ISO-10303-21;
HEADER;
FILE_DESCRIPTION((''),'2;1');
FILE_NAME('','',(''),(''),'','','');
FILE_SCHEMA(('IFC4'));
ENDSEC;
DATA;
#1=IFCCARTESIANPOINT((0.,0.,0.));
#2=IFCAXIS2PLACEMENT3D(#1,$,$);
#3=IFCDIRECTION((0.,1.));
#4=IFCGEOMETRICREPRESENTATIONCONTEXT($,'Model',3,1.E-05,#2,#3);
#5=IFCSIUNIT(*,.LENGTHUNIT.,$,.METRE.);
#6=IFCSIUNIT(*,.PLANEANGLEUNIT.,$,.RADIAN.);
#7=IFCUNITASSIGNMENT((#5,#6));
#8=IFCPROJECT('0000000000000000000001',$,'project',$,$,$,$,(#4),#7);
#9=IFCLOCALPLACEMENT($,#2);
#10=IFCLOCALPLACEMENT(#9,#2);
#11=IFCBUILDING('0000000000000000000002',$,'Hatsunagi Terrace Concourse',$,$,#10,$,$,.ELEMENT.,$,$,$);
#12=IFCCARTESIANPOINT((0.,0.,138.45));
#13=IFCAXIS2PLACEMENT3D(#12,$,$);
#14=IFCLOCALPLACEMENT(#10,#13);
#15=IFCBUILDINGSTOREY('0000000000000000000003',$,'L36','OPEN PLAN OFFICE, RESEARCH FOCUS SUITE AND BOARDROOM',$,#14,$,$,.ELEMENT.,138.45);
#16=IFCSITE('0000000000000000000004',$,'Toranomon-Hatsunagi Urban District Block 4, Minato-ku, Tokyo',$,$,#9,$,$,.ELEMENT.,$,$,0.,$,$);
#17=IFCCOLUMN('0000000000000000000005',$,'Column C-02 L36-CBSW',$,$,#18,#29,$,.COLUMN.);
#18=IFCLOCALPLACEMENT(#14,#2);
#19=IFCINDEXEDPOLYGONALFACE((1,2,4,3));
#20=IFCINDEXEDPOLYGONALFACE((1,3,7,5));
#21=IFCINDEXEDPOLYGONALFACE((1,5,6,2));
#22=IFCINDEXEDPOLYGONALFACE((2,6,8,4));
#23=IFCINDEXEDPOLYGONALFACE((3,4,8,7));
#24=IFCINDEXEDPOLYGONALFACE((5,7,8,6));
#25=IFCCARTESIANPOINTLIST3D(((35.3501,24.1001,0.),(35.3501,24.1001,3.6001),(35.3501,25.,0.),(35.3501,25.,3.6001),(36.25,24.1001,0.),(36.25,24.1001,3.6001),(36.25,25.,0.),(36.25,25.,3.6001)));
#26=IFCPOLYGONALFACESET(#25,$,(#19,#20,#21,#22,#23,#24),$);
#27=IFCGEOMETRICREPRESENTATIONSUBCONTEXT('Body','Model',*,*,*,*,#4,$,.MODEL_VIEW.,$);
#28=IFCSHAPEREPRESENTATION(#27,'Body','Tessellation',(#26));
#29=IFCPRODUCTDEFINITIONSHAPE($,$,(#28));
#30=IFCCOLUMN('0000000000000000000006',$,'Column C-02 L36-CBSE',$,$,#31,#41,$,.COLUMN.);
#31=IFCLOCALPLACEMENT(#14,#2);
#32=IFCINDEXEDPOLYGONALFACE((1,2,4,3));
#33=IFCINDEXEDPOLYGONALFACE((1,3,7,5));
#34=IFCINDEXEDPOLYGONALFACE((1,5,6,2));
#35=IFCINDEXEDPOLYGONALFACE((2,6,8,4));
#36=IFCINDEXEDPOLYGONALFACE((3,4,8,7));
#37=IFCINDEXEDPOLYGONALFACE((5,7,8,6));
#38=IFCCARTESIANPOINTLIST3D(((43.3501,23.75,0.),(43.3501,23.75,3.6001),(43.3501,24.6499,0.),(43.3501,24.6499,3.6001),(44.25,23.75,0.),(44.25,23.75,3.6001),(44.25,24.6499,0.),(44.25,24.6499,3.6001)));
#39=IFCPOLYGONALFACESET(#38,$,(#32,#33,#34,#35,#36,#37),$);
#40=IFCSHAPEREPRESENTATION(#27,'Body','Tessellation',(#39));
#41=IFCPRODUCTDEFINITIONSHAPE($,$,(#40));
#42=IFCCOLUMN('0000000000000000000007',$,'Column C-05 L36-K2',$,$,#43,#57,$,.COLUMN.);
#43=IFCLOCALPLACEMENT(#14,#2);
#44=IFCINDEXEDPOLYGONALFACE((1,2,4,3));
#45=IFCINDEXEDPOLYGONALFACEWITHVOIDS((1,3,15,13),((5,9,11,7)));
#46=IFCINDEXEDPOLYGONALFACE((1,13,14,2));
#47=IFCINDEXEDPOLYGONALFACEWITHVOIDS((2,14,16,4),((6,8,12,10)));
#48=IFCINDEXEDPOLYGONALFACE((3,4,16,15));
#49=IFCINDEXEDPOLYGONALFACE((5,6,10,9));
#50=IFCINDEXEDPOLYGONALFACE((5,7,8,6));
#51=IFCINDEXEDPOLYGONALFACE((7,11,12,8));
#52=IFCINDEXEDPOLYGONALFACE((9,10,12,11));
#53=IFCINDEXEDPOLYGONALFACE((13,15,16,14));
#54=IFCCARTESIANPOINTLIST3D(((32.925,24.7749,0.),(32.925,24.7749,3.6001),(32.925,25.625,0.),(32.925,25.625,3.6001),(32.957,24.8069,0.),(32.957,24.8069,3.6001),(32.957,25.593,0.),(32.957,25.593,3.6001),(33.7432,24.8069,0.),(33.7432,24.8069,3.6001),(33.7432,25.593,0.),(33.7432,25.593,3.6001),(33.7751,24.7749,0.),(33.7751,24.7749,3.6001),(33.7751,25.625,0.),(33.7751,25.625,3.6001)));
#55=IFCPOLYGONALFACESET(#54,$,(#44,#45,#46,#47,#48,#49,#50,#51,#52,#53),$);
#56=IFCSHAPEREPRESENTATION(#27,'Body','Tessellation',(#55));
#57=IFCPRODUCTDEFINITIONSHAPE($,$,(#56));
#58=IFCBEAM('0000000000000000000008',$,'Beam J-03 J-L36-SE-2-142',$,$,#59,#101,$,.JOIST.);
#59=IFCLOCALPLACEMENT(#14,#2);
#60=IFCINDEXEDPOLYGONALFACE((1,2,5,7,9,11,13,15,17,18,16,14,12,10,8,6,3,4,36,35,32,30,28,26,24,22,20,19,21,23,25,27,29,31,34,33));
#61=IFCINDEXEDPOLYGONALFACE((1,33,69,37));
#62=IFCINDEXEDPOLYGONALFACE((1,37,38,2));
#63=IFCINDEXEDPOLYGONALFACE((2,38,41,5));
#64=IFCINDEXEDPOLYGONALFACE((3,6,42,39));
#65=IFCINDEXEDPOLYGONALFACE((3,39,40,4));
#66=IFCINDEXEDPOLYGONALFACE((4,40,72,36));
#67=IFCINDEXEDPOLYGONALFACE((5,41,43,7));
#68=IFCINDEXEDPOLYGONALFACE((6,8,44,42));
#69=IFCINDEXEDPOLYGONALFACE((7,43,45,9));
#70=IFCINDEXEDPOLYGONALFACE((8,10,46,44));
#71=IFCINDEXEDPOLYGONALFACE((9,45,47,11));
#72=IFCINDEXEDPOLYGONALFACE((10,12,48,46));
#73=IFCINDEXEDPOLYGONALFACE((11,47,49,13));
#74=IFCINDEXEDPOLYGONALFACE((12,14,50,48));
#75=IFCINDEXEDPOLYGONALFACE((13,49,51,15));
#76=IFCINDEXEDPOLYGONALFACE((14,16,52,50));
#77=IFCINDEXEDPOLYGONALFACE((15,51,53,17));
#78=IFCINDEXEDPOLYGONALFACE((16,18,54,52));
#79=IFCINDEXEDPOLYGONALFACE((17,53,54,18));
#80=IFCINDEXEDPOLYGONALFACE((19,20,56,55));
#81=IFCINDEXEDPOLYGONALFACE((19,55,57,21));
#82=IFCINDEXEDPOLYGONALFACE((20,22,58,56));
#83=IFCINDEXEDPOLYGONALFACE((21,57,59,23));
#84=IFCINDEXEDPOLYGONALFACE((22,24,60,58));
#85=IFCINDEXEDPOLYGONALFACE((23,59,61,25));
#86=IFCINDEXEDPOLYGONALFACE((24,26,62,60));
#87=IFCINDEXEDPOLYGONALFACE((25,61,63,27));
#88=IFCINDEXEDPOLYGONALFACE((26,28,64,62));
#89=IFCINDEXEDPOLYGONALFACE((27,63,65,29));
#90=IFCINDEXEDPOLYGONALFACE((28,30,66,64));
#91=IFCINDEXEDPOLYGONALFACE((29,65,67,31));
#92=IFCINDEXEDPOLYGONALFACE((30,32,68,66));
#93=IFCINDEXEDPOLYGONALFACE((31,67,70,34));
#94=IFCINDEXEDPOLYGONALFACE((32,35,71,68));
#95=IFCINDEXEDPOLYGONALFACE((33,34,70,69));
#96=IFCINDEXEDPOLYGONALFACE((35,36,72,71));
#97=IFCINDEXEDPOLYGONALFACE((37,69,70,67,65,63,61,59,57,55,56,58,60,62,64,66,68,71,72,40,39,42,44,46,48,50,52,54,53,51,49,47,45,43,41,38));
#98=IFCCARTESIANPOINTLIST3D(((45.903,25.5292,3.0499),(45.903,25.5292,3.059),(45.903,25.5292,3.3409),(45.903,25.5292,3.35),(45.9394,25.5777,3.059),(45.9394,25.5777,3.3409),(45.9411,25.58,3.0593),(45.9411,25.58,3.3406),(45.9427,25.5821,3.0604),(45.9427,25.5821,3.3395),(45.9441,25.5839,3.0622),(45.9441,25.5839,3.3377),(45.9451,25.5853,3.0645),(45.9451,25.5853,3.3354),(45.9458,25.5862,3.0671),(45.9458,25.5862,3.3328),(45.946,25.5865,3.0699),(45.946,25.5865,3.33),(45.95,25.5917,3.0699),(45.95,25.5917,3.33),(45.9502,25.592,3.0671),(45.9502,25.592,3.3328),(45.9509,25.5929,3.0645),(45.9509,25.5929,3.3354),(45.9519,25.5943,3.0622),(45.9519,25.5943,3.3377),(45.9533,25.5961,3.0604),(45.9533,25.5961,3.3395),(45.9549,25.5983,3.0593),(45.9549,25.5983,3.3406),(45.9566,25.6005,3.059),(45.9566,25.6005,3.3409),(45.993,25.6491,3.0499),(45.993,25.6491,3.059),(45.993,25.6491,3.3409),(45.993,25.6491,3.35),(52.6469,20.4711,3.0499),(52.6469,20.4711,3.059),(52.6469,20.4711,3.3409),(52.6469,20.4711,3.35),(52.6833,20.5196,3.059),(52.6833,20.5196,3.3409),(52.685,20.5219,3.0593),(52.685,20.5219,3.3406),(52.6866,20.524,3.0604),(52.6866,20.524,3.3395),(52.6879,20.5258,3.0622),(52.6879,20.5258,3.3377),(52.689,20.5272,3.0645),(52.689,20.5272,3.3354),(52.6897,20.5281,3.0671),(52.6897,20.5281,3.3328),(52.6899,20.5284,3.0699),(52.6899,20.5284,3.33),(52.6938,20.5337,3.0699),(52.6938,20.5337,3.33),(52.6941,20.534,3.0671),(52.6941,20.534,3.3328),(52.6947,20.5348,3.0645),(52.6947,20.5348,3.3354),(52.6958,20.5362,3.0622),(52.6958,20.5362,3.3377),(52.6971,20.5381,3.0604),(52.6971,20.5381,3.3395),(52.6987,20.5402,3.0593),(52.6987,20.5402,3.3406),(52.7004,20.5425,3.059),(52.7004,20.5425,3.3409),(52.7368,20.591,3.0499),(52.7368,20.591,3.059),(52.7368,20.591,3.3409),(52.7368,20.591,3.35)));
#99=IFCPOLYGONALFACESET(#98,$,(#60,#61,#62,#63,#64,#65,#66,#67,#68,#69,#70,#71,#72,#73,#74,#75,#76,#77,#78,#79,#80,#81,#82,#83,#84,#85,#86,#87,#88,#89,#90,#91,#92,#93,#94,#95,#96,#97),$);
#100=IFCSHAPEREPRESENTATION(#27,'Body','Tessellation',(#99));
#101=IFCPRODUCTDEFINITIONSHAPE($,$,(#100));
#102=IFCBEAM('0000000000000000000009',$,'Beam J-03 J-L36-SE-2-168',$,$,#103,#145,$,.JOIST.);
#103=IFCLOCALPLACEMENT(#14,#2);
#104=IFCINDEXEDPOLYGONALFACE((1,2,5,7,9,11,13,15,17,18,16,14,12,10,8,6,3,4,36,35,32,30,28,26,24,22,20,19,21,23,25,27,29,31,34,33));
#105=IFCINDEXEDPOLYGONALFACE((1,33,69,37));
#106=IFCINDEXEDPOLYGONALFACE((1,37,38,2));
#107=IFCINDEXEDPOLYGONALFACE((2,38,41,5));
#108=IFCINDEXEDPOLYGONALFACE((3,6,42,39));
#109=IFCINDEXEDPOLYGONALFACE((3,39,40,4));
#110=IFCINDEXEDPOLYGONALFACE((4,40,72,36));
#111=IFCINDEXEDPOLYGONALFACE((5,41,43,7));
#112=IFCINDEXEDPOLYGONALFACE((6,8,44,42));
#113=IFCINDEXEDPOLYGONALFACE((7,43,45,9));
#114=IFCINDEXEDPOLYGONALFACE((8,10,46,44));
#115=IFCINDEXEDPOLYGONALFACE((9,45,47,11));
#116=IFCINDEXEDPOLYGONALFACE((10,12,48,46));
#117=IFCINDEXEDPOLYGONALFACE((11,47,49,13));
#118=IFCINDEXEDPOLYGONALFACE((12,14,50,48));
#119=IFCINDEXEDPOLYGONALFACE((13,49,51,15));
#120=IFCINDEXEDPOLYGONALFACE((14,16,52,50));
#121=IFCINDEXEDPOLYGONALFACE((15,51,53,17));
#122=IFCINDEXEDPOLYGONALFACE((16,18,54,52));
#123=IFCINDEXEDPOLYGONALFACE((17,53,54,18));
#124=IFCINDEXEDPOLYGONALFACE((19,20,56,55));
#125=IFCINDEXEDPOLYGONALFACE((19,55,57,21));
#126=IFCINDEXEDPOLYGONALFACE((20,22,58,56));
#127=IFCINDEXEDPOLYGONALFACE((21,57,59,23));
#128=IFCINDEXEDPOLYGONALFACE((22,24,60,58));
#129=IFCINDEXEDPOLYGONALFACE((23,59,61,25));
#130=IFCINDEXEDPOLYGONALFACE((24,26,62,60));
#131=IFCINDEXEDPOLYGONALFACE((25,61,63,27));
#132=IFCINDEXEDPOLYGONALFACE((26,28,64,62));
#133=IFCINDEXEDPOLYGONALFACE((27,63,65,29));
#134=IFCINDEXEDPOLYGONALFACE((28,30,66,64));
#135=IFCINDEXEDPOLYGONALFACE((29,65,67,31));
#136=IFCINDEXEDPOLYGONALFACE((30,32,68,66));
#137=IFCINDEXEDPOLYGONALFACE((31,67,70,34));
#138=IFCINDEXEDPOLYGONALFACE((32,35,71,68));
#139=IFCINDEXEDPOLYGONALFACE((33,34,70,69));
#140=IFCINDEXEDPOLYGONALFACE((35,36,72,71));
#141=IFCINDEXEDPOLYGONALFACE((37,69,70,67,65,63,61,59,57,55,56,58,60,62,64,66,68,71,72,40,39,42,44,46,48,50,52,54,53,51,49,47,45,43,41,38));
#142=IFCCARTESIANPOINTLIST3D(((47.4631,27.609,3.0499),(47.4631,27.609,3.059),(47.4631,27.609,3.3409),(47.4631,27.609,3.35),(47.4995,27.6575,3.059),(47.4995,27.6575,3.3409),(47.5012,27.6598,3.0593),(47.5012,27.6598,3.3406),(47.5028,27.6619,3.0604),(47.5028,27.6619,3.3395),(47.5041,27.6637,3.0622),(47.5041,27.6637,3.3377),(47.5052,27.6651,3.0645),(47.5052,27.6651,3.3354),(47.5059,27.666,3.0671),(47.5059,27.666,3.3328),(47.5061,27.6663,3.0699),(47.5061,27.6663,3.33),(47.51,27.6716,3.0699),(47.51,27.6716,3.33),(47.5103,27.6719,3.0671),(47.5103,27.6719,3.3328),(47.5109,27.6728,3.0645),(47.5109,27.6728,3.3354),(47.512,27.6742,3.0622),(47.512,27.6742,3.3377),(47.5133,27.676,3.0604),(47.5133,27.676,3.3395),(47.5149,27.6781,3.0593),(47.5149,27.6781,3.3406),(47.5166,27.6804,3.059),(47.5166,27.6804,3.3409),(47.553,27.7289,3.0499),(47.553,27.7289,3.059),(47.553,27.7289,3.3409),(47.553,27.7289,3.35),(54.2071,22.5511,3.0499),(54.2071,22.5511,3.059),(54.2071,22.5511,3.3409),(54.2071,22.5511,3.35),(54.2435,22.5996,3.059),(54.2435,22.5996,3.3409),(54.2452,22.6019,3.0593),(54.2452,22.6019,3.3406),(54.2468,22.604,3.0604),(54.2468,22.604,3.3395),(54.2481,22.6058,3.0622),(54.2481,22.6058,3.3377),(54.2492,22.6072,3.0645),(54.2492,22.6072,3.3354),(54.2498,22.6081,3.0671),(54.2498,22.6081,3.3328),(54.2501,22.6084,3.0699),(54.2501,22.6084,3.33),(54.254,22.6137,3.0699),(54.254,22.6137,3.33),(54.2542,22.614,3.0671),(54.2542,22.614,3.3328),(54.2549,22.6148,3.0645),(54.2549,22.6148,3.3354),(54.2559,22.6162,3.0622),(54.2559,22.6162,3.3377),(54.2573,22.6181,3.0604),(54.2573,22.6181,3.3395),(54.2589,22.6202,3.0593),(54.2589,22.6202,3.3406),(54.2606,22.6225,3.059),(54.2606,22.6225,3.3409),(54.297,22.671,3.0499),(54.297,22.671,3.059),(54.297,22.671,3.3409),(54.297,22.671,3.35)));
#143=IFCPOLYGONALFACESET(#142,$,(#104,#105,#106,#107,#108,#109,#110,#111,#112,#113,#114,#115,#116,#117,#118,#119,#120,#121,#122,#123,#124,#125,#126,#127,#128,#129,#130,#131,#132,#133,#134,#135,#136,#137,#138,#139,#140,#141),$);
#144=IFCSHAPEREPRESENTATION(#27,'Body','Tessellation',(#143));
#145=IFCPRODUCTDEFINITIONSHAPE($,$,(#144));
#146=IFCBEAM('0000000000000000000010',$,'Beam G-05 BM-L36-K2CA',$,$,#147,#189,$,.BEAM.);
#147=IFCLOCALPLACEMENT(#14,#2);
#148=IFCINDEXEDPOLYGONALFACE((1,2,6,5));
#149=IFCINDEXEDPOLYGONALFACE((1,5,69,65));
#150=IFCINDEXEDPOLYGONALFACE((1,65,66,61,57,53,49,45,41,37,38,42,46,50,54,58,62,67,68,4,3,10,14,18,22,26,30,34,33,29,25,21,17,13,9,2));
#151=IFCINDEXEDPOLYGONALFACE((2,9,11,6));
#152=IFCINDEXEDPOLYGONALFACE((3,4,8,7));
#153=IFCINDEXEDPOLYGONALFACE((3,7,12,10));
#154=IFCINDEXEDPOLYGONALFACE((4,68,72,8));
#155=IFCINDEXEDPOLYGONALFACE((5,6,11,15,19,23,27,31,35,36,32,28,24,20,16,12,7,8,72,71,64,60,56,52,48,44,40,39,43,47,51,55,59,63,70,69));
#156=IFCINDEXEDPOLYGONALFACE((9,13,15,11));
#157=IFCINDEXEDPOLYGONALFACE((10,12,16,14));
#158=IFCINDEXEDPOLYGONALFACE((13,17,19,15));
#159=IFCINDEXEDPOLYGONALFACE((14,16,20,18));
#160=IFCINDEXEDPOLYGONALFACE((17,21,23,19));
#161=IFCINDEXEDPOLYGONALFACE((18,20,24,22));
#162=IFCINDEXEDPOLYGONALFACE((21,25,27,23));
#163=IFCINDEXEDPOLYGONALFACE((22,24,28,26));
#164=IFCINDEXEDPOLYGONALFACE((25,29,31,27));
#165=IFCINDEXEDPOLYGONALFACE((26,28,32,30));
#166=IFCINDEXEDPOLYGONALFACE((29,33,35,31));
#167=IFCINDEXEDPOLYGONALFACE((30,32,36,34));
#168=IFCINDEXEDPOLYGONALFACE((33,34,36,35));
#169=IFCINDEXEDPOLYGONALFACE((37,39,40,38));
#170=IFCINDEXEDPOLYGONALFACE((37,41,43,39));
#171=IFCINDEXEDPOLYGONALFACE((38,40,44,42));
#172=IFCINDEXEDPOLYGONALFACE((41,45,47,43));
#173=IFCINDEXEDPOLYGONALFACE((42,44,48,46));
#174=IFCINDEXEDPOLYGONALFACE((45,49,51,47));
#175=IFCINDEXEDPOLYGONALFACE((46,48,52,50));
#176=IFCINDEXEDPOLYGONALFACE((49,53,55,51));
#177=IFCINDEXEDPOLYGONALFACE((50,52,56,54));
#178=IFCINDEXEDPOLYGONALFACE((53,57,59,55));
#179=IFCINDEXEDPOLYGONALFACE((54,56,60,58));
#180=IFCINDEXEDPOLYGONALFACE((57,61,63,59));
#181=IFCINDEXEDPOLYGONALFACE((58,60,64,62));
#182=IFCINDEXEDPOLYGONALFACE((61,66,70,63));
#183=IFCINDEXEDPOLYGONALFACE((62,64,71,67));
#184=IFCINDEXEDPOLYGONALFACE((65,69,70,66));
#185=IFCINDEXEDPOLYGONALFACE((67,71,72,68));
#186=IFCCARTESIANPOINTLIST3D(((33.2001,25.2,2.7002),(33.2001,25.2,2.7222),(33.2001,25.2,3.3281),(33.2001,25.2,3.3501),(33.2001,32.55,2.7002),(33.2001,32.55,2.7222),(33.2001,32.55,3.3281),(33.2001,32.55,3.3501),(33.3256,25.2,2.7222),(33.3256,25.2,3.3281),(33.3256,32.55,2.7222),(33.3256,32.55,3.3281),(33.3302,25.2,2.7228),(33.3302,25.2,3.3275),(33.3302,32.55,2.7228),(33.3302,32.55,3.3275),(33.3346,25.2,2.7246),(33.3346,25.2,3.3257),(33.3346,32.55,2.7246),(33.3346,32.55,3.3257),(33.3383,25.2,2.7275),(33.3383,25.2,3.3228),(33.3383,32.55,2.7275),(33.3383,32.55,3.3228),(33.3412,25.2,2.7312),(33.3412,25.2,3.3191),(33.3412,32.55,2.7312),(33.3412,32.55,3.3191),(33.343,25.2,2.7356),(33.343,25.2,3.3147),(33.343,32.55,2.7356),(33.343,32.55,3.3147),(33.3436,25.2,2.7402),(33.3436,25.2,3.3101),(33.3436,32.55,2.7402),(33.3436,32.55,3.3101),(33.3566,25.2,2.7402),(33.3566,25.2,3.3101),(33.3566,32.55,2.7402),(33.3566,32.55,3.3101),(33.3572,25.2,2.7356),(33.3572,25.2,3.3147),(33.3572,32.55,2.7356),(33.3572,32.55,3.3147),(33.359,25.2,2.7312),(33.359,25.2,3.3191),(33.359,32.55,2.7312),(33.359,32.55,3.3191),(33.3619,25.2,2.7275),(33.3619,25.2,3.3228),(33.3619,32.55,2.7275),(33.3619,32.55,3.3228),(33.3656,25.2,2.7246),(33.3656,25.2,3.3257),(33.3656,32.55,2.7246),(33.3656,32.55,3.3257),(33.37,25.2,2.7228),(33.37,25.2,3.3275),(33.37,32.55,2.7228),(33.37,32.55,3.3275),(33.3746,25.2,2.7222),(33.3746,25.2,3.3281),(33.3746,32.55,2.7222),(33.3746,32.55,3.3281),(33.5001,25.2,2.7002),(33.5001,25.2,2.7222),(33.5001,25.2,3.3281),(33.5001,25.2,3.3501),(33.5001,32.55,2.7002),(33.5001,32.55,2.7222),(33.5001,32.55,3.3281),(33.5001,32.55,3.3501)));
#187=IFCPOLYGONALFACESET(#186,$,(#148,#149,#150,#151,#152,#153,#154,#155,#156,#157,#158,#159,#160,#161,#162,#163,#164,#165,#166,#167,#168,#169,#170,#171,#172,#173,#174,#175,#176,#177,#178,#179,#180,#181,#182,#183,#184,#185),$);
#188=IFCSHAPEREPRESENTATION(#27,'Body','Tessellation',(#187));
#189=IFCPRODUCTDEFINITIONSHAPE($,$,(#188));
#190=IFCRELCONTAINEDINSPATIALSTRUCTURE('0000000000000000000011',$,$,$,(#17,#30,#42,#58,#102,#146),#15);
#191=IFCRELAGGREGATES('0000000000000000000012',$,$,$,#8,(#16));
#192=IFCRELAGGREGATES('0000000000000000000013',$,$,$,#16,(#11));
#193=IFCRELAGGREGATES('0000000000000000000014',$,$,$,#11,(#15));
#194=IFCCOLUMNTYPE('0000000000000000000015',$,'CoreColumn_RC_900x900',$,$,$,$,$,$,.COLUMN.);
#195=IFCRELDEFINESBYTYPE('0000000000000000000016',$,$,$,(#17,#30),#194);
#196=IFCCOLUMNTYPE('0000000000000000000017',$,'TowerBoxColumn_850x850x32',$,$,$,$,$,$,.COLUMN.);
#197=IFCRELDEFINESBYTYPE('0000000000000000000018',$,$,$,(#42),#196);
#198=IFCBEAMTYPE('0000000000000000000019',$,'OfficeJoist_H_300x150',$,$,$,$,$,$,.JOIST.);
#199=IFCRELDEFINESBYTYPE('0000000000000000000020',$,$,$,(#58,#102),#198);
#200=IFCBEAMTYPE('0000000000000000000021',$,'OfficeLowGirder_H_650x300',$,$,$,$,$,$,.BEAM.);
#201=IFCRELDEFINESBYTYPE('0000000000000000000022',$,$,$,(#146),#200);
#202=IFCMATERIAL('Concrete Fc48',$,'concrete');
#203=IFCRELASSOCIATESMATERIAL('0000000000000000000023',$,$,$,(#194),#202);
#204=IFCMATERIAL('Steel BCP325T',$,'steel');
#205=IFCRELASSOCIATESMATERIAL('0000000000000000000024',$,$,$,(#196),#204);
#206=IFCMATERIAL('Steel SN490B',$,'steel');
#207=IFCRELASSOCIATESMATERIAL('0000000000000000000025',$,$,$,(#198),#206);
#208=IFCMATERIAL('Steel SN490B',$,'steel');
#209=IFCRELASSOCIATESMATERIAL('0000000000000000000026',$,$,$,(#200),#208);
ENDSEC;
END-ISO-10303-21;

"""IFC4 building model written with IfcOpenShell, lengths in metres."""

from ifc_helpers import new_model, si_unit, direction, frame, origin, origin_2d, place, context, subcontext, project, spatial, rectangle, hollow_rectangle, i_section, extrude, material, material_profile, profile_set, type_object, element, save


model = new_model("IFC4")

# Units and contexts
model_context = context("Model", 3, precision=1e-05, world=origin(), true_north=direction((0.0, 1.0)))
body_context = subcontext(model_context, "Body", "Model", "MODEL_VIEW")
ifc_project = project(units=[si_unit("LENGTHUNIT", "METRE"), si_unit("PLANEANGLEUNIT", "RADIAN")], contexts=[model_context])

# Site, building, storey
site_placement = place(None, origin())
site = spatial("IfcSite", under=ifc_project, at=site_placement, Name="Toranomon-Hatsunagi Urban District Block 4, Minato-ku, Tokyo", CompositionType="ELEMENT", RefElevation=0.0)
building_placement = place(site_placement, origin())
building = spatial("IfcBuilding", under=site, at=building_placement, Name="Hatsunagi Terrace Concourse", CompositionType="ELEMENT")
storey_placement = place(building_placement, frame((0.0, 0.0, 138.45)))
storey = spatial("IfcBuildingStorey", under=building, at=storey_placement, Name="L36", Description="OPEN PLAN OFFICE, RESEARCH FOCUS SUITE AND BOARDROOM", CompositionType="ELEMENT", Elevation=138.45)

# Columns
ifc_material_1 = material(Name="Concrete Fc48", Category="concrete")
ifc_material_profile_1 = material_profile(ifc_material_1, rectangle(XDim=0.8999, YDim=0.8999, at=origin_2d()), Name="RC-900x900")
ifc_profile_set_1 = profile_set([ifc_material_profile_1], Name="Concrete Fc48")
column_type_1 = type_object("IfcColumnType", Name="CoreColumn_RC_900x900", PredefinedType="COLUMN", material=ifc_profile_set_1)
for number, where, z_axis, x_axis, name in (
    (1, (35.8, 24.55, 0.0), (0.0, 0.0, 1.0), (1.0, 0.0, 0.0), "Column C-02 L36-CBSW"),
    (2, (43.8, 24.2, 0.0), (0.0, 0.0, 1.0), (1.0, 0.0, 0.0), "Column C-02 L36-CBSE"),
):
    element("IfcColumn", number, at=place(storey_placement, frame(where, z_axis=z_axis, x_axis=x_axis)), inside=storey, type_object=column_type_1, Name=name, PredefinedType="COLUMN", context=body_context, shape_type="SweptSolid", body=[
        extrude(rectangle(XDim=0.8999, YDim=0.8999, at=origin_2d()), origin(), (0.0, 0.0, 1.0), 3.6001),
    ])
ifc_material_2 = material(Name="Steel BCP325T", Category="steel")
ifc_material_profile_2 = material_profile(ifc_material_2, hollow_rectangle(XDim=0.8501, YDim=0.8501, WallThickness=0.032, at=origin_2d()), Name="BCP-850x850x32")
ifc_profile_set_2 = profile_set([ifc_material_profile_2], Name="Steel BCP325T")
column_type_2 = type_object("IfcColumnType", Name="TowerBoxColumn_850x850x32", PredefinedType="COLUMN", material=ifc_profile_set_2)
column_placement = place(storey_placement, frame((33.3501, 25.2, 0.0), z_axis=(0.0, 0.0, 1.0), x_axis=(1.0, 0.0, 0.0)))
element("IfcColumn", 3, at=column_placement, inside=storey, type_object=column_type_2, Name="Column C-05 L36-K2", PredefinedType="COLUMN", context=body_context, shape_type="SweptSolid", body=[
    extrude(hollow_rectangle(XDim=0.8501, YDim=0.8501, WallThickness=0.032, at=origin_2d()), origin(), (0.0, 0.0, 1.0), 3.6001),
])

# Beams
ifc_material_3 = material(Name="Steel SN490B", Category="steel")
ifc_material_profile_3 = material_profile(ifc_material_3, i_section(OverallWidth=0.1499, OverallDepth=0.3, WebThickness=0.0066, FlangeThickness=0.009, FilletRadius=0.011, at=origin_2d()), Name="H-300x150x6.5x9")
ifc_profile_set_3 = profile_set([ifc_material_profile_3], Name="Steel SN490B")
beam_type_1 = type_object("IfcBeamType", Name="OfficeJoist_H_300x150", PredefinedType="JOIST", material=ifc_profile_set_3)
for number, where, z_axis, x_axis, name in (
    (4, (45.948, 25.5891, 3.2), (0.79999, -0.600014, 0.0), (0.600014, 0.79999, 0.0), "Beam J-03 J-L36-SE-2-142"),
    (5, (47.5081, 27.6689, 3.2), (0.800003, -0.599995, 0.0), (0.599995, 0.800003, 0.0), "Beam J-03 J-L36-SE-2-168"),
):
    element("IfcBeam", number, at=place(storey_placement, frame(where, z_axis=z_axis, x_axis=x_axis)), inside=storey, type_object=beam_type_1, Name=name, PredefinedType="JOIST", context=body_context, shape_type="SweptSolid", body=[
        extrude(i_section(OverallWidth=0.1499, OverallDepth=0.3, WebThickness=0.0066, FlangeThickness=0.009, FilletRadius=0.011, at=origin_2d()), origin(), (0.0, 0.0, 1.0), 8.4299),
    ])
ifc_material_4 = material(Name="Steel SN490B", Category="steel")
ifc_material_profile_4 = material_profile(ifc_material_4, i_section(OverallWidth=0.3, OverallDepth=0.6499, WebThickness=0.0129, FlangeThickness=0.022, FilletRadius=0.0181, at=origin_2d()), Name="H-650x300x13x22")
ifc_profile_set_4 = profile_set([ifc_material_profile_4], Name="Steel SN490B")
beam_type_2 = type_object("IfcBeamType", Name="OfficeLowGirder_H_650x300", PredefinedType="BEAM", material=ifc_profile_set_4)
beam_1_placement = place(storey_placement, frame((33.3501, 25.2, 3.0251), z_axis=(0.0, 1.0, 0.0), x_axis=(-1.0, 0.0, 0.0)))
element("IfcBeam", 6, at=beam_1_placement, inside=storey, type_object=beam_type_2, Name="Beam G-05 BM-L36-K2CA", PredefinedType="BEAM", context=body_context, shape_type="SweptSolid", body=[
    extrude(i_section(OverallWidth=0.3, OverallDepth=0.6499, WebThickness=0.0129, FlangeThickness=0.022, FilletRadius=0.0181, at=origin_2d()), origin(), (0.0, 0.0, 1.0), 7.3501),
])

save(model, "model.ifc")
